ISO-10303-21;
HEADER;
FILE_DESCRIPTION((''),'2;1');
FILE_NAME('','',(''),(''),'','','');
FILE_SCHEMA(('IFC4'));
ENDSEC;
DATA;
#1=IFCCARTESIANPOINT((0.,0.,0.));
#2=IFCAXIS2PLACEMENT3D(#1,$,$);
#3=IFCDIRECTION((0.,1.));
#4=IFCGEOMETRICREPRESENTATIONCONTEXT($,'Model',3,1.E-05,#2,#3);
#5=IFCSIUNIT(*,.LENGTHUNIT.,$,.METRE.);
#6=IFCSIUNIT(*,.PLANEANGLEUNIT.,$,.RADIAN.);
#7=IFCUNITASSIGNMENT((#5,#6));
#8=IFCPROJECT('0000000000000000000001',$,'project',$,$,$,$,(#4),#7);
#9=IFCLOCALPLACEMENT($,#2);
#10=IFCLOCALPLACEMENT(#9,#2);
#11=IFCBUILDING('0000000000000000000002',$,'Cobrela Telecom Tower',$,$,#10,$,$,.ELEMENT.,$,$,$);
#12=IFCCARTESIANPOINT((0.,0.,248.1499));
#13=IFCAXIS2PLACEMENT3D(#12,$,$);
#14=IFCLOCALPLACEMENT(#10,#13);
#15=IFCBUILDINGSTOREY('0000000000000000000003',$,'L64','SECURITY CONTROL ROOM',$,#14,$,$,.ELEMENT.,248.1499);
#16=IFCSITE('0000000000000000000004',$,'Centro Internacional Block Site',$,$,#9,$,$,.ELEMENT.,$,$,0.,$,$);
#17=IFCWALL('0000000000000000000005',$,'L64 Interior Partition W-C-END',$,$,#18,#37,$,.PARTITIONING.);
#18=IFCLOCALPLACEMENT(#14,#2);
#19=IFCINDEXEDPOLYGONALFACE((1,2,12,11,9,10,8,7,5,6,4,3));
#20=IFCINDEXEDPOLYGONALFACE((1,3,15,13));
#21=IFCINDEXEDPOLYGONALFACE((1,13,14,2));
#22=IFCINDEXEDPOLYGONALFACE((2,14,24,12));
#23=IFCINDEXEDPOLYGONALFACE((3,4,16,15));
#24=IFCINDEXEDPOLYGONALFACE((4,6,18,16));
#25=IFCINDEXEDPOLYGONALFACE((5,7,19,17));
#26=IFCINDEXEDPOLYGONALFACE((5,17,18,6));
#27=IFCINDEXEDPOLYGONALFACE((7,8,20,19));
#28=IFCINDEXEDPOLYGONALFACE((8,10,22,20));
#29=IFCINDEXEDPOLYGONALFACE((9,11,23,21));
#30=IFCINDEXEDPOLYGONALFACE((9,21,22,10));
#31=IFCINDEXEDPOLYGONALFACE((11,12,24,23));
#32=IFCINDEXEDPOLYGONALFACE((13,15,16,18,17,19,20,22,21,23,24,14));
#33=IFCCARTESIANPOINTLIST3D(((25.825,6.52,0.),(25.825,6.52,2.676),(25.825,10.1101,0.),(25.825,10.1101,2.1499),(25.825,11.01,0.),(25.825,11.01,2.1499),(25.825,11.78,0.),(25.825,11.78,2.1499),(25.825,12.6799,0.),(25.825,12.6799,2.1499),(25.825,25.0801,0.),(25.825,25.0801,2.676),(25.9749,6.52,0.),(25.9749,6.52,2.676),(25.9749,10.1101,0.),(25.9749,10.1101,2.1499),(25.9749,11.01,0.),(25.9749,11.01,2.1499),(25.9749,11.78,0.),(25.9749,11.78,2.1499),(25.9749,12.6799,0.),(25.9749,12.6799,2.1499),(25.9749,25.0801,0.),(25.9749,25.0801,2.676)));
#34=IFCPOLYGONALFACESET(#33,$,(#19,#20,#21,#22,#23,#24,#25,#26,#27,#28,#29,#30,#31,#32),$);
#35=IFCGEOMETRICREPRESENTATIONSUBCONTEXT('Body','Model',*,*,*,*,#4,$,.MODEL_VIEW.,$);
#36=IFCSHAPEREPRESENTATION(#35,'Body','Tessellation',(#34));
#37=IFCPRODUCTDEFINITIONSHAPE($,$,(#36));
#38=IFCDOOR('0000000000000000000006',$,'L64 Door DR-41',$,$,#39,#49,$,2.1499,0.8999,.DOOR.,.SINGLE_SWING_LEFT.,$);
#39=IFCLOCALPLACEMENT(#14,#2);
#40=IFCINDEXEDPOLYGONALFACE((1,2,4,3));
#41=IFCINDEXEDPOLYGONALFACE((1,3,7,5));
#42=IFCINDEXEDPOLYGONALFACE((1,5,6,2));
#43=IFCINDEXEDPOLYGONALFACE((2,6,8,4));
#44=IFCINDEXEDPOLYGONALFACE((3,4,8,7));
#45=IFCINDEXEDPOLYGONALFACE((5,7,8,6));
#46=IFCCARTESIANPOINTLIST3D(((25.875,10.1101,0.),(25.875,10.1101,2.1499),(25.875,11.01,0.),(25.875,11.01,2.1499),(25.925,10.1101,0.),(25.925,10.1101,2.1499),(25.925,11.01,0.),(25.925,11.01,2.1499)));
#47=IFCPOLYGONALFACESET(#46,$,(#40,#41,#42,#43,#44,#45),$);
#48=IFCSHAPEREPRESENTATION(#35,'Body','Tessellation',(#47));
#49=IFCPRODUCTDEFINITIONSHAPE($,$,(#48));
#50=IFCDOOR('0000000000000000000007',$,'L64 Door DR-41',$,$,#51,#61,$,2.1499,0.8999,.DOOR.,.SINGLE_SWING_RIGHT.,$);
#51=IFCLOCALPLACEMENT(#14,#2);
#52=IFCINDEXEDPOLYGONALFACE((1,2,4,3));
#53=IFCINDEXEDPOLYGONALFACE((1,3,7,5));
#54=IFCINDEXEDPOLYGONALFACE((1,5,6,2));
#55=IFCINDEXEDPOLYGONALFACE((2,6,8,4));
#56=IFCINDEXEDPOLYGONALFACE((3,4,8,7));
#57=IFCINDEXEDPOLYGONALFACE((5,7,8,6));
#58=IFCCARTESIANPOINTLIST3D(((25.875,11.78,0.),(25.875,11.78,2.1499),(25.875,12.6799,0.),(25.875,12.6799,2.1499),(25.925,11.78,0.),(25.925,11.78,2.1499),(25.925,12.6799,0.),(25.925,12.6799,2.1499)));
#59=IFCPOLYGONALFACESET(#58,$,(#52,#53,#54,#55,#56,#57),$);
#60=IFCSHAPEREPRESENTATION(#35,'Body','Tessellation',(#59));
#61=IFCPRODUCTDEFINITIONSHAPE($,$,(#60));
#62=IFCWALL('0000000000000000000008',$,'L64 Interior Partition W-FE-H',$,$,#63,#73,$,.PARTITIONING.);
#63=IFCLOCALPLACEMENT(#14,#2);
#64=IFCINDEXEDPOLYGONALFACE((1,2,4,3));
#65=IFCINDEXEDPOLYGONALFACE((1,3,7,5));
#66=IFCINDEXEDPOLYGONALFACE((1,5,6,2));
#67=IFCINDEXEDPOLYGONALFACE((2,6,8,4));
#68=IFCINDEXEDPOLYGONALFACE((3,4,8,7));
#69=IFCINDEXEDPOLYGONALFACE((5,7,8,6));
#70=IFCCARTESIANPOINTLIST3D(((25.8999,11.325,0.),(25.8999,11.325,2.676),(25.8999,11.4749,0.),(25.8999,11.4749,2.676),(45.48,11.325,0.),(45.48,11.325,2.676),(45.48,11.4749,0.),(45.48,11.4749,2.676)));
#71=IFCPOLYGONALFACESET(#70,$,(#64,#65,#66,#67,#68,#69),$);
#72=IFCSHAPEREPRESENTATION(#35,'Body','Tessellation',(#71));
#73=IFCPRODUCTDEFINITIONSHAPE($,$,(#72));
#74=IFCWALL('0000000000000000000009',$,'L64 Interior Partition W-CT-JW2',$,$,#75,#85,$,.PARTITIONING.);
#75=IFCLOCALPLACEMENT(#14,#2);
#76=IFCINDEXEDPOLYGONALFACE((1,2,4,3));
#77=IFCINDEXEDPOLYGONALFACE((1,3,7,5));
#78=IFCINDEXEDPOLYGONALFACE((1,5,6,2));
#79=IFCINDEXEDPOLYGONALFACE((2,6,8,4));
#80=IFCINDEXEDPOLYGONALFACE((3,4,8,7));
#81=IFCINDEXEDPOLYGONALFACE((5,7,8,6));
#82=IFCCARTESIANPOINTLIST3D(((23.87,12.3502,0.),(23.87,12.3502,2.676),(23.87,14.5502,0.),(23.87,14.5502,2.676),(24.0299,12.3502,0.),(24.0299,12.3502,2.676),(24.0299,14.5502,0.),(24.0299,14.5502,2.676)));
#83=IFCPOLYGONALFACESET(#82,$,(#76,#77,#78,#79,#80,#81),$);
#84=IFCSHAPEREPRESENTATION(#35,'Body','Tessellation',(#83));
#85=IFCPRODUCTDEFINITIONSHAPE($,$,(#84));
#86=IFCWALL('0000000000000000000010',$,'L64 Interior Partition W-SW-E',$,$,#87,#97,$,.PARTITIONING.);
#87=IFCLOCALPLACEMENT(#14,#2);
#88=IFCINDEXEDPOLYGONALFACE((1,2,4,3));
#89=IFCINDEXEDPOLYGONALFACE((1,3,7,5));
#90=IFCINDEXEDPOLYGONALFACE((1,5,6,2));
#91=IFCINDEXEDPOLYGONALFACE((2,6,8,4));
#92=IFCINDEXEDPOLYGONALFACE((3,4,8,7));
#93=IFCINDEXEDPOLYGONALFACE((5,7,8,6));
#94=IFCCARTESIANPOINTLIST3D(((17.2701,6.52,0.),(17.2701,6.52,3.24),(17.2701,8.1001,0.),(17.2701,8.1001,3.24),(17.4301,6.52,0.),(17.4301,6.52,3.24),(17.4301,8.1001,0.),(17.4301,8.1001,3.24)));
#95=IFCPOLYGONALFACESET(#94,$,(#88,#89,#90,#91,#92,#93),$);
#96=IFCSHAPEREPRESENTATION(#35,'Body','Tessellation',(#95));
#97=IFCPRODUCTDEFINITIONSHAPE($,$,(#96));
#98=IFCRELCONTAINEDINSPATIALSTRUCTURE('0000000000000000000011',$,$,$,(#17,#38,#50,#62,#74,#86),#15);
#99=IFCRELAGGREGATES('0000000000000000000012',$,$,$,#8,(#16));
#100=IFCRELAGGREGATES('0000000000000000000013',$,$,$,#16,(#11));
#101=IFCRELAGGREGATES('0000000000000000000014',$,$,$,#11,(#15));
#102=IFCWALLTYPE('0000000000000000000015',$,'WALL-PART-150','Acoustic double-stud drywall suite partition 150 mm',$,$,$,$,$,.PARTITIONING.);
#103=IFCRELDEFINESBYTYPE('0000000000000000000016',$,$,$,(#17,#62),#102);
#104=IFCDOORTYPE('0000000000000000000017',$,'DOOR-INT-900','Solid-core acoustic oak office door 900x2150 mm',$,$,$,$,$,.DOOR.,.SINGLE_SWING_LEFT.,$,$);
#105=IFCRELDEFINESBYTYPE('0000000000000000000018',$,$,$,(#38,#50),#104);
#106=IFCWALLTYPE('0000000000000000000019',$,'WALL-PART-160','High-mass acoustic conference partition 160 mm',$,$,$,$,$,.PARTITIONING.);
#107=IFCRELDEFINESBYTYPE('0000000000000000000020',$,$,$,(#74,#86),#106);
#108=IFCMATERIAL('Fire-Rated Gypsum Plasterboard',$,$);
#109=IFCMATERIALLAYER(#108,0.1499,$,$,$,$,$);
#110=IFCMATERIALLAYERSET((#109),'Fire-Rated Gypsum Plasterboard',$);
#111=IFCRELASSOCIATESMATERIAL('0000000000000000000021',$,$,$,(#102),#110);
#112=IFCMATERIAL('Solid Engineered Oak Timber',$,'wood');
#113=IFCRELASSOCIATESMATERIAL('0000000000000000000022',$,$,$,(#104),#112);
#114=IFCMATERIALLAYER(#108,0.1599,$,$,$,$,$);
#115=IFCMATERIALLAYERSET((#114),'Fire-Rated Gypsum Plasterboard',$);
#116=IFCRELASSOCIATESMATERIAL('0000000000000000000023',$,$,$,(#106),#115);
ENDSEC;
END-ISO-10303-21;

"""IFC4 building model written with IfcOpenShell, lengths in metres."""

from ifc_helpers import new_model, si_unit, direction, frame, frame_2d, origin, place, context, subcontext, project, spatial, rectangle, extrude, material, layer, layer_set, type_object, element, fill, save


model = new_model("IFC4")

# Units and contexts
model_context = context("Model", 3, precision=1e-05, world=origin(), true_north=direction((0.0, 1.0)))
body_context = subcontext(model_context, "Body", "Model", "MODEL_VIEW")
ifc_project = project(units=[si_unit("LENGTHUNIT", "METRE"), si_unit("PLANEANGLEUNIT", "RADIAN")], contexts=[model_context])

# Site, building, storey
site_placement = place(None, origin())
site = spatial("IfcSite", under=ifc_project, at=site_placement, Name="Centro Internacional Block Site", CompositionType="ELEMENT", RefElevation=0.0)
building_placement = place(site_placement, origin())
building = spatial("IfcBuilding", under=site, at=building_placement, Name="Cobrela Telecom Tower", CompositionType="ELEMENT")
storey_placement = place(building_placement, frame((0.0, 0.0, 248.1499)))
storey = spatial("IfcBuildingStorey", under=building, at=storey_placement, Name="L64", Description="SECURITY CONTROL ROOM", CompositionType="ELEMENT", Elevation=248.1499)

# Shared definitions
ifc_material_1 = material(Name="Fire-Rated Gypsum Plasterboard")
ifc_layer_1 = layer(ifc_material_1, 0.1499)
ifc_layer_set_1 = layer_set([ifc_layer_1], Name="Fire-Rated Gypsum Plasterboard")
wall_type_1 = type_object("IfcWallType", Name="WALL-PART-150", Description="Acoustic double-stud drywall suite partition 150 mm", PredefinedType="PARTITIONING", material=ifc_layer_set_1)

# Wall, openings, doors
wall_1_placement = place(storey_placement, frame((25.8999, 6.52, 0.0), z_axis=(0.0, 0.0, 1.0), x_axis=(0.0, 1.0, 0.0)))
wall_1 = element("IfcWall", 1, at=wall_1_placement, inside=storey, type_object=wall_type_1, Name="L64 Interior Partition W-C-END", PredefinedType="PARTITIONING", context=body_context, shape_type="SweptSolid", body=[
    extrude(rectangle(XDim=18.5601, YDim=0.1499, at=frame_2d((9.28, 0.0))), origin(), (0.0, 0.0, 1.0), 2.676),
])
opening_1_placement = place(wall_1_placement, frame((3.5901, 0.0, 0.0)))
opening_1 = element("IfcOpeningElement", 2, at=opening_1_placement, cuts=wall_1, PredefinedType="OPENING", context=body_context, shape_type="SweptSolid", body=[
    extrude(rectangle(XDim=0.8999, YDim=2.1499, at=frame_2d((0.45, 1.075))), frame((0.0, 0.0869, 0.0), z_axis=(0.0, -1.0, 0.0), x_axis=(1.0, 0.0, 0.0)), (0.0, 0.0, 1.0), 0.1738),
])
opening_2_placement = place(wall_1_placement, frame((5.26, 0.0, 0.0)))
opening_2 = element("IfcOpeningElement", 3, at=opening_2_placement, cuts=wall_1, PredefinedType="OPENING", context=body_context, shape_type="SweptSolid", body=[
    extrude(rectangle(XDim=0.8999, YDim=2.1499, at=frame_2d((0.45, 1.075))), frame((0.0, 0.0869, 0.0), z_axis=(0.0, -1.0, 0.0), x_axis=(1.0, 0.0, 0.0)), (0.0, 0.0, 1.0), 0.1738),
])
ifc_material_2 = material(Name="Solid Engineered Oak Timber", Category="wood")
door_type = type_object("IfcDoorType", Name="DOOR-INT-900", Description="Solid-core acoustic oak office door 900x2150 mm", OperationType="SINGLE_SWING_LEFT", PredefinedType="DOOR", material=ifc_material_2)
door_1_placement = place(opening_1_placement, origin())
door_1 = element("IfcDoor", 4, at=door_1_placement, inside=storey, type_object=door_type, Name="L64 Door DR-41", OperationType="SINGLE_SWING_LEFT", OverallHeight=2.1499, OverallWidth=0.8999, PredefinedType="DOOR", context=body_context, shape_type="SweptSolid", body=[
    extrude(rectangle(XDim=0.8999, YDim=2.1499, at=frame_2d((0.45, 1.075))), frame((0.0, 0.0249, 0.0), z_axis=(0.0, -1.0, 0.0), x_axis=(1.0, 0.0, 0.0)), (0.0, 0.0, 1.0), 0.05),
])
fill(opening_1, door_1)
door_2_placement = place(opening_2_placement, origin())
door_2 = element("IfcDoor", 5, at=door_2_placement, inside=storey, type_object=door_type, Name="L64 Door DR-41", OperationType="SINGLE_SWING_RIGHT", OverallHeight=2.1499, OverallWidth=0.8999, PredefinedType="DOOR", context=body_context, shape_type="SweptSolid", body=[
    extrude(rectangle(XDim=0.8999, YDim=2.1499, at=frame_2d((0.45, 1.075))), frame((0.0, 0.0249, 0.0), z_axis=(0.0, -1.0, 0.0), x_axis=(1.0, 0.0, 0.0)), (0.0, 0.0, 1.0), 0.05),
])
fill(opening_2, door_2)

# Walls
wall_2_placement = place(storey_placement, frame((25.8999, 11.3999, 0.0), z_axis=(0.0, 0.0, 1.0), x_axis=(1.0, 0.0, 0.0)))
element("IfcWall", 6, at=wall_2_placement, inside=storey, type_object=wall_type_1, Name="L64 Interior Partition W-FE-H", PredefinedType="PARTITIONING", context=body_context, shape_type="SweptSolid", body=[
    extrude(rectangle(XDim=19.5801, YDim=0.1499, at=frame_2d((9.79, 0.0))), origin(), (0.0, 0.0, 1.0), 2.676),
])
ifc_layer_2 = layer(ifc_material_1, 0.1599)
ifc_layer_set_2 = layer_set([ifc_layer_2], Name="Fire-Rated Gypsum Plasterboard")
wall_type_2 = type_object("IfcWallType", Name="WALL-PART-160", Description="High-mass acoustic conference partition 160 mm", PredefinedType="PARTITIONING", material=ifc_layer_set_2)
wall_3_placement = place(storey_placement, frame((23.95, 12.3501, 0.0), z_axis=(0.0, 0.0, 1.0), x_axis=(0.0, 1.0, 0.0)))
element("IfcWall", 7, at=wall_3_placement, inside=storey, type_object=wall_type_2, Name="L64 Interior Partition W-CT-JW2", PredefinedType="PARTITIONING", context=body_context, shape_type="SweptSolid", body=[
    extrude(rectangle(XDim=2.2, YDim=0.1599, at=frame_2d((1.1001, 0.0))), origin(), (0.0, 0.0, 1.0), 2.676),
])
wall_4_placement = place(storey_placement, frame((17.3501, 6.52, 0.0), z_axis=(0.0, 0.0, 1.0), x_axis=(0.0, 1.0, 0.0)))
element("IfcWall", 8, at=wall_4_placement, inside=storey, type_object=wall_type_2, Name="L64 Interior Partition W-SW-E", PredefinedType="PARTITIONING", context=body_context, shape_type="SweptSolid", body=[
    extrude(rectangle(XDim=1.5801, YDim=0.1599, at=frame_2d((0.79, 0.0))), origin(), (0.0, 0.0, 1.0), 3.24),
])

save(model, "model.ifc")
